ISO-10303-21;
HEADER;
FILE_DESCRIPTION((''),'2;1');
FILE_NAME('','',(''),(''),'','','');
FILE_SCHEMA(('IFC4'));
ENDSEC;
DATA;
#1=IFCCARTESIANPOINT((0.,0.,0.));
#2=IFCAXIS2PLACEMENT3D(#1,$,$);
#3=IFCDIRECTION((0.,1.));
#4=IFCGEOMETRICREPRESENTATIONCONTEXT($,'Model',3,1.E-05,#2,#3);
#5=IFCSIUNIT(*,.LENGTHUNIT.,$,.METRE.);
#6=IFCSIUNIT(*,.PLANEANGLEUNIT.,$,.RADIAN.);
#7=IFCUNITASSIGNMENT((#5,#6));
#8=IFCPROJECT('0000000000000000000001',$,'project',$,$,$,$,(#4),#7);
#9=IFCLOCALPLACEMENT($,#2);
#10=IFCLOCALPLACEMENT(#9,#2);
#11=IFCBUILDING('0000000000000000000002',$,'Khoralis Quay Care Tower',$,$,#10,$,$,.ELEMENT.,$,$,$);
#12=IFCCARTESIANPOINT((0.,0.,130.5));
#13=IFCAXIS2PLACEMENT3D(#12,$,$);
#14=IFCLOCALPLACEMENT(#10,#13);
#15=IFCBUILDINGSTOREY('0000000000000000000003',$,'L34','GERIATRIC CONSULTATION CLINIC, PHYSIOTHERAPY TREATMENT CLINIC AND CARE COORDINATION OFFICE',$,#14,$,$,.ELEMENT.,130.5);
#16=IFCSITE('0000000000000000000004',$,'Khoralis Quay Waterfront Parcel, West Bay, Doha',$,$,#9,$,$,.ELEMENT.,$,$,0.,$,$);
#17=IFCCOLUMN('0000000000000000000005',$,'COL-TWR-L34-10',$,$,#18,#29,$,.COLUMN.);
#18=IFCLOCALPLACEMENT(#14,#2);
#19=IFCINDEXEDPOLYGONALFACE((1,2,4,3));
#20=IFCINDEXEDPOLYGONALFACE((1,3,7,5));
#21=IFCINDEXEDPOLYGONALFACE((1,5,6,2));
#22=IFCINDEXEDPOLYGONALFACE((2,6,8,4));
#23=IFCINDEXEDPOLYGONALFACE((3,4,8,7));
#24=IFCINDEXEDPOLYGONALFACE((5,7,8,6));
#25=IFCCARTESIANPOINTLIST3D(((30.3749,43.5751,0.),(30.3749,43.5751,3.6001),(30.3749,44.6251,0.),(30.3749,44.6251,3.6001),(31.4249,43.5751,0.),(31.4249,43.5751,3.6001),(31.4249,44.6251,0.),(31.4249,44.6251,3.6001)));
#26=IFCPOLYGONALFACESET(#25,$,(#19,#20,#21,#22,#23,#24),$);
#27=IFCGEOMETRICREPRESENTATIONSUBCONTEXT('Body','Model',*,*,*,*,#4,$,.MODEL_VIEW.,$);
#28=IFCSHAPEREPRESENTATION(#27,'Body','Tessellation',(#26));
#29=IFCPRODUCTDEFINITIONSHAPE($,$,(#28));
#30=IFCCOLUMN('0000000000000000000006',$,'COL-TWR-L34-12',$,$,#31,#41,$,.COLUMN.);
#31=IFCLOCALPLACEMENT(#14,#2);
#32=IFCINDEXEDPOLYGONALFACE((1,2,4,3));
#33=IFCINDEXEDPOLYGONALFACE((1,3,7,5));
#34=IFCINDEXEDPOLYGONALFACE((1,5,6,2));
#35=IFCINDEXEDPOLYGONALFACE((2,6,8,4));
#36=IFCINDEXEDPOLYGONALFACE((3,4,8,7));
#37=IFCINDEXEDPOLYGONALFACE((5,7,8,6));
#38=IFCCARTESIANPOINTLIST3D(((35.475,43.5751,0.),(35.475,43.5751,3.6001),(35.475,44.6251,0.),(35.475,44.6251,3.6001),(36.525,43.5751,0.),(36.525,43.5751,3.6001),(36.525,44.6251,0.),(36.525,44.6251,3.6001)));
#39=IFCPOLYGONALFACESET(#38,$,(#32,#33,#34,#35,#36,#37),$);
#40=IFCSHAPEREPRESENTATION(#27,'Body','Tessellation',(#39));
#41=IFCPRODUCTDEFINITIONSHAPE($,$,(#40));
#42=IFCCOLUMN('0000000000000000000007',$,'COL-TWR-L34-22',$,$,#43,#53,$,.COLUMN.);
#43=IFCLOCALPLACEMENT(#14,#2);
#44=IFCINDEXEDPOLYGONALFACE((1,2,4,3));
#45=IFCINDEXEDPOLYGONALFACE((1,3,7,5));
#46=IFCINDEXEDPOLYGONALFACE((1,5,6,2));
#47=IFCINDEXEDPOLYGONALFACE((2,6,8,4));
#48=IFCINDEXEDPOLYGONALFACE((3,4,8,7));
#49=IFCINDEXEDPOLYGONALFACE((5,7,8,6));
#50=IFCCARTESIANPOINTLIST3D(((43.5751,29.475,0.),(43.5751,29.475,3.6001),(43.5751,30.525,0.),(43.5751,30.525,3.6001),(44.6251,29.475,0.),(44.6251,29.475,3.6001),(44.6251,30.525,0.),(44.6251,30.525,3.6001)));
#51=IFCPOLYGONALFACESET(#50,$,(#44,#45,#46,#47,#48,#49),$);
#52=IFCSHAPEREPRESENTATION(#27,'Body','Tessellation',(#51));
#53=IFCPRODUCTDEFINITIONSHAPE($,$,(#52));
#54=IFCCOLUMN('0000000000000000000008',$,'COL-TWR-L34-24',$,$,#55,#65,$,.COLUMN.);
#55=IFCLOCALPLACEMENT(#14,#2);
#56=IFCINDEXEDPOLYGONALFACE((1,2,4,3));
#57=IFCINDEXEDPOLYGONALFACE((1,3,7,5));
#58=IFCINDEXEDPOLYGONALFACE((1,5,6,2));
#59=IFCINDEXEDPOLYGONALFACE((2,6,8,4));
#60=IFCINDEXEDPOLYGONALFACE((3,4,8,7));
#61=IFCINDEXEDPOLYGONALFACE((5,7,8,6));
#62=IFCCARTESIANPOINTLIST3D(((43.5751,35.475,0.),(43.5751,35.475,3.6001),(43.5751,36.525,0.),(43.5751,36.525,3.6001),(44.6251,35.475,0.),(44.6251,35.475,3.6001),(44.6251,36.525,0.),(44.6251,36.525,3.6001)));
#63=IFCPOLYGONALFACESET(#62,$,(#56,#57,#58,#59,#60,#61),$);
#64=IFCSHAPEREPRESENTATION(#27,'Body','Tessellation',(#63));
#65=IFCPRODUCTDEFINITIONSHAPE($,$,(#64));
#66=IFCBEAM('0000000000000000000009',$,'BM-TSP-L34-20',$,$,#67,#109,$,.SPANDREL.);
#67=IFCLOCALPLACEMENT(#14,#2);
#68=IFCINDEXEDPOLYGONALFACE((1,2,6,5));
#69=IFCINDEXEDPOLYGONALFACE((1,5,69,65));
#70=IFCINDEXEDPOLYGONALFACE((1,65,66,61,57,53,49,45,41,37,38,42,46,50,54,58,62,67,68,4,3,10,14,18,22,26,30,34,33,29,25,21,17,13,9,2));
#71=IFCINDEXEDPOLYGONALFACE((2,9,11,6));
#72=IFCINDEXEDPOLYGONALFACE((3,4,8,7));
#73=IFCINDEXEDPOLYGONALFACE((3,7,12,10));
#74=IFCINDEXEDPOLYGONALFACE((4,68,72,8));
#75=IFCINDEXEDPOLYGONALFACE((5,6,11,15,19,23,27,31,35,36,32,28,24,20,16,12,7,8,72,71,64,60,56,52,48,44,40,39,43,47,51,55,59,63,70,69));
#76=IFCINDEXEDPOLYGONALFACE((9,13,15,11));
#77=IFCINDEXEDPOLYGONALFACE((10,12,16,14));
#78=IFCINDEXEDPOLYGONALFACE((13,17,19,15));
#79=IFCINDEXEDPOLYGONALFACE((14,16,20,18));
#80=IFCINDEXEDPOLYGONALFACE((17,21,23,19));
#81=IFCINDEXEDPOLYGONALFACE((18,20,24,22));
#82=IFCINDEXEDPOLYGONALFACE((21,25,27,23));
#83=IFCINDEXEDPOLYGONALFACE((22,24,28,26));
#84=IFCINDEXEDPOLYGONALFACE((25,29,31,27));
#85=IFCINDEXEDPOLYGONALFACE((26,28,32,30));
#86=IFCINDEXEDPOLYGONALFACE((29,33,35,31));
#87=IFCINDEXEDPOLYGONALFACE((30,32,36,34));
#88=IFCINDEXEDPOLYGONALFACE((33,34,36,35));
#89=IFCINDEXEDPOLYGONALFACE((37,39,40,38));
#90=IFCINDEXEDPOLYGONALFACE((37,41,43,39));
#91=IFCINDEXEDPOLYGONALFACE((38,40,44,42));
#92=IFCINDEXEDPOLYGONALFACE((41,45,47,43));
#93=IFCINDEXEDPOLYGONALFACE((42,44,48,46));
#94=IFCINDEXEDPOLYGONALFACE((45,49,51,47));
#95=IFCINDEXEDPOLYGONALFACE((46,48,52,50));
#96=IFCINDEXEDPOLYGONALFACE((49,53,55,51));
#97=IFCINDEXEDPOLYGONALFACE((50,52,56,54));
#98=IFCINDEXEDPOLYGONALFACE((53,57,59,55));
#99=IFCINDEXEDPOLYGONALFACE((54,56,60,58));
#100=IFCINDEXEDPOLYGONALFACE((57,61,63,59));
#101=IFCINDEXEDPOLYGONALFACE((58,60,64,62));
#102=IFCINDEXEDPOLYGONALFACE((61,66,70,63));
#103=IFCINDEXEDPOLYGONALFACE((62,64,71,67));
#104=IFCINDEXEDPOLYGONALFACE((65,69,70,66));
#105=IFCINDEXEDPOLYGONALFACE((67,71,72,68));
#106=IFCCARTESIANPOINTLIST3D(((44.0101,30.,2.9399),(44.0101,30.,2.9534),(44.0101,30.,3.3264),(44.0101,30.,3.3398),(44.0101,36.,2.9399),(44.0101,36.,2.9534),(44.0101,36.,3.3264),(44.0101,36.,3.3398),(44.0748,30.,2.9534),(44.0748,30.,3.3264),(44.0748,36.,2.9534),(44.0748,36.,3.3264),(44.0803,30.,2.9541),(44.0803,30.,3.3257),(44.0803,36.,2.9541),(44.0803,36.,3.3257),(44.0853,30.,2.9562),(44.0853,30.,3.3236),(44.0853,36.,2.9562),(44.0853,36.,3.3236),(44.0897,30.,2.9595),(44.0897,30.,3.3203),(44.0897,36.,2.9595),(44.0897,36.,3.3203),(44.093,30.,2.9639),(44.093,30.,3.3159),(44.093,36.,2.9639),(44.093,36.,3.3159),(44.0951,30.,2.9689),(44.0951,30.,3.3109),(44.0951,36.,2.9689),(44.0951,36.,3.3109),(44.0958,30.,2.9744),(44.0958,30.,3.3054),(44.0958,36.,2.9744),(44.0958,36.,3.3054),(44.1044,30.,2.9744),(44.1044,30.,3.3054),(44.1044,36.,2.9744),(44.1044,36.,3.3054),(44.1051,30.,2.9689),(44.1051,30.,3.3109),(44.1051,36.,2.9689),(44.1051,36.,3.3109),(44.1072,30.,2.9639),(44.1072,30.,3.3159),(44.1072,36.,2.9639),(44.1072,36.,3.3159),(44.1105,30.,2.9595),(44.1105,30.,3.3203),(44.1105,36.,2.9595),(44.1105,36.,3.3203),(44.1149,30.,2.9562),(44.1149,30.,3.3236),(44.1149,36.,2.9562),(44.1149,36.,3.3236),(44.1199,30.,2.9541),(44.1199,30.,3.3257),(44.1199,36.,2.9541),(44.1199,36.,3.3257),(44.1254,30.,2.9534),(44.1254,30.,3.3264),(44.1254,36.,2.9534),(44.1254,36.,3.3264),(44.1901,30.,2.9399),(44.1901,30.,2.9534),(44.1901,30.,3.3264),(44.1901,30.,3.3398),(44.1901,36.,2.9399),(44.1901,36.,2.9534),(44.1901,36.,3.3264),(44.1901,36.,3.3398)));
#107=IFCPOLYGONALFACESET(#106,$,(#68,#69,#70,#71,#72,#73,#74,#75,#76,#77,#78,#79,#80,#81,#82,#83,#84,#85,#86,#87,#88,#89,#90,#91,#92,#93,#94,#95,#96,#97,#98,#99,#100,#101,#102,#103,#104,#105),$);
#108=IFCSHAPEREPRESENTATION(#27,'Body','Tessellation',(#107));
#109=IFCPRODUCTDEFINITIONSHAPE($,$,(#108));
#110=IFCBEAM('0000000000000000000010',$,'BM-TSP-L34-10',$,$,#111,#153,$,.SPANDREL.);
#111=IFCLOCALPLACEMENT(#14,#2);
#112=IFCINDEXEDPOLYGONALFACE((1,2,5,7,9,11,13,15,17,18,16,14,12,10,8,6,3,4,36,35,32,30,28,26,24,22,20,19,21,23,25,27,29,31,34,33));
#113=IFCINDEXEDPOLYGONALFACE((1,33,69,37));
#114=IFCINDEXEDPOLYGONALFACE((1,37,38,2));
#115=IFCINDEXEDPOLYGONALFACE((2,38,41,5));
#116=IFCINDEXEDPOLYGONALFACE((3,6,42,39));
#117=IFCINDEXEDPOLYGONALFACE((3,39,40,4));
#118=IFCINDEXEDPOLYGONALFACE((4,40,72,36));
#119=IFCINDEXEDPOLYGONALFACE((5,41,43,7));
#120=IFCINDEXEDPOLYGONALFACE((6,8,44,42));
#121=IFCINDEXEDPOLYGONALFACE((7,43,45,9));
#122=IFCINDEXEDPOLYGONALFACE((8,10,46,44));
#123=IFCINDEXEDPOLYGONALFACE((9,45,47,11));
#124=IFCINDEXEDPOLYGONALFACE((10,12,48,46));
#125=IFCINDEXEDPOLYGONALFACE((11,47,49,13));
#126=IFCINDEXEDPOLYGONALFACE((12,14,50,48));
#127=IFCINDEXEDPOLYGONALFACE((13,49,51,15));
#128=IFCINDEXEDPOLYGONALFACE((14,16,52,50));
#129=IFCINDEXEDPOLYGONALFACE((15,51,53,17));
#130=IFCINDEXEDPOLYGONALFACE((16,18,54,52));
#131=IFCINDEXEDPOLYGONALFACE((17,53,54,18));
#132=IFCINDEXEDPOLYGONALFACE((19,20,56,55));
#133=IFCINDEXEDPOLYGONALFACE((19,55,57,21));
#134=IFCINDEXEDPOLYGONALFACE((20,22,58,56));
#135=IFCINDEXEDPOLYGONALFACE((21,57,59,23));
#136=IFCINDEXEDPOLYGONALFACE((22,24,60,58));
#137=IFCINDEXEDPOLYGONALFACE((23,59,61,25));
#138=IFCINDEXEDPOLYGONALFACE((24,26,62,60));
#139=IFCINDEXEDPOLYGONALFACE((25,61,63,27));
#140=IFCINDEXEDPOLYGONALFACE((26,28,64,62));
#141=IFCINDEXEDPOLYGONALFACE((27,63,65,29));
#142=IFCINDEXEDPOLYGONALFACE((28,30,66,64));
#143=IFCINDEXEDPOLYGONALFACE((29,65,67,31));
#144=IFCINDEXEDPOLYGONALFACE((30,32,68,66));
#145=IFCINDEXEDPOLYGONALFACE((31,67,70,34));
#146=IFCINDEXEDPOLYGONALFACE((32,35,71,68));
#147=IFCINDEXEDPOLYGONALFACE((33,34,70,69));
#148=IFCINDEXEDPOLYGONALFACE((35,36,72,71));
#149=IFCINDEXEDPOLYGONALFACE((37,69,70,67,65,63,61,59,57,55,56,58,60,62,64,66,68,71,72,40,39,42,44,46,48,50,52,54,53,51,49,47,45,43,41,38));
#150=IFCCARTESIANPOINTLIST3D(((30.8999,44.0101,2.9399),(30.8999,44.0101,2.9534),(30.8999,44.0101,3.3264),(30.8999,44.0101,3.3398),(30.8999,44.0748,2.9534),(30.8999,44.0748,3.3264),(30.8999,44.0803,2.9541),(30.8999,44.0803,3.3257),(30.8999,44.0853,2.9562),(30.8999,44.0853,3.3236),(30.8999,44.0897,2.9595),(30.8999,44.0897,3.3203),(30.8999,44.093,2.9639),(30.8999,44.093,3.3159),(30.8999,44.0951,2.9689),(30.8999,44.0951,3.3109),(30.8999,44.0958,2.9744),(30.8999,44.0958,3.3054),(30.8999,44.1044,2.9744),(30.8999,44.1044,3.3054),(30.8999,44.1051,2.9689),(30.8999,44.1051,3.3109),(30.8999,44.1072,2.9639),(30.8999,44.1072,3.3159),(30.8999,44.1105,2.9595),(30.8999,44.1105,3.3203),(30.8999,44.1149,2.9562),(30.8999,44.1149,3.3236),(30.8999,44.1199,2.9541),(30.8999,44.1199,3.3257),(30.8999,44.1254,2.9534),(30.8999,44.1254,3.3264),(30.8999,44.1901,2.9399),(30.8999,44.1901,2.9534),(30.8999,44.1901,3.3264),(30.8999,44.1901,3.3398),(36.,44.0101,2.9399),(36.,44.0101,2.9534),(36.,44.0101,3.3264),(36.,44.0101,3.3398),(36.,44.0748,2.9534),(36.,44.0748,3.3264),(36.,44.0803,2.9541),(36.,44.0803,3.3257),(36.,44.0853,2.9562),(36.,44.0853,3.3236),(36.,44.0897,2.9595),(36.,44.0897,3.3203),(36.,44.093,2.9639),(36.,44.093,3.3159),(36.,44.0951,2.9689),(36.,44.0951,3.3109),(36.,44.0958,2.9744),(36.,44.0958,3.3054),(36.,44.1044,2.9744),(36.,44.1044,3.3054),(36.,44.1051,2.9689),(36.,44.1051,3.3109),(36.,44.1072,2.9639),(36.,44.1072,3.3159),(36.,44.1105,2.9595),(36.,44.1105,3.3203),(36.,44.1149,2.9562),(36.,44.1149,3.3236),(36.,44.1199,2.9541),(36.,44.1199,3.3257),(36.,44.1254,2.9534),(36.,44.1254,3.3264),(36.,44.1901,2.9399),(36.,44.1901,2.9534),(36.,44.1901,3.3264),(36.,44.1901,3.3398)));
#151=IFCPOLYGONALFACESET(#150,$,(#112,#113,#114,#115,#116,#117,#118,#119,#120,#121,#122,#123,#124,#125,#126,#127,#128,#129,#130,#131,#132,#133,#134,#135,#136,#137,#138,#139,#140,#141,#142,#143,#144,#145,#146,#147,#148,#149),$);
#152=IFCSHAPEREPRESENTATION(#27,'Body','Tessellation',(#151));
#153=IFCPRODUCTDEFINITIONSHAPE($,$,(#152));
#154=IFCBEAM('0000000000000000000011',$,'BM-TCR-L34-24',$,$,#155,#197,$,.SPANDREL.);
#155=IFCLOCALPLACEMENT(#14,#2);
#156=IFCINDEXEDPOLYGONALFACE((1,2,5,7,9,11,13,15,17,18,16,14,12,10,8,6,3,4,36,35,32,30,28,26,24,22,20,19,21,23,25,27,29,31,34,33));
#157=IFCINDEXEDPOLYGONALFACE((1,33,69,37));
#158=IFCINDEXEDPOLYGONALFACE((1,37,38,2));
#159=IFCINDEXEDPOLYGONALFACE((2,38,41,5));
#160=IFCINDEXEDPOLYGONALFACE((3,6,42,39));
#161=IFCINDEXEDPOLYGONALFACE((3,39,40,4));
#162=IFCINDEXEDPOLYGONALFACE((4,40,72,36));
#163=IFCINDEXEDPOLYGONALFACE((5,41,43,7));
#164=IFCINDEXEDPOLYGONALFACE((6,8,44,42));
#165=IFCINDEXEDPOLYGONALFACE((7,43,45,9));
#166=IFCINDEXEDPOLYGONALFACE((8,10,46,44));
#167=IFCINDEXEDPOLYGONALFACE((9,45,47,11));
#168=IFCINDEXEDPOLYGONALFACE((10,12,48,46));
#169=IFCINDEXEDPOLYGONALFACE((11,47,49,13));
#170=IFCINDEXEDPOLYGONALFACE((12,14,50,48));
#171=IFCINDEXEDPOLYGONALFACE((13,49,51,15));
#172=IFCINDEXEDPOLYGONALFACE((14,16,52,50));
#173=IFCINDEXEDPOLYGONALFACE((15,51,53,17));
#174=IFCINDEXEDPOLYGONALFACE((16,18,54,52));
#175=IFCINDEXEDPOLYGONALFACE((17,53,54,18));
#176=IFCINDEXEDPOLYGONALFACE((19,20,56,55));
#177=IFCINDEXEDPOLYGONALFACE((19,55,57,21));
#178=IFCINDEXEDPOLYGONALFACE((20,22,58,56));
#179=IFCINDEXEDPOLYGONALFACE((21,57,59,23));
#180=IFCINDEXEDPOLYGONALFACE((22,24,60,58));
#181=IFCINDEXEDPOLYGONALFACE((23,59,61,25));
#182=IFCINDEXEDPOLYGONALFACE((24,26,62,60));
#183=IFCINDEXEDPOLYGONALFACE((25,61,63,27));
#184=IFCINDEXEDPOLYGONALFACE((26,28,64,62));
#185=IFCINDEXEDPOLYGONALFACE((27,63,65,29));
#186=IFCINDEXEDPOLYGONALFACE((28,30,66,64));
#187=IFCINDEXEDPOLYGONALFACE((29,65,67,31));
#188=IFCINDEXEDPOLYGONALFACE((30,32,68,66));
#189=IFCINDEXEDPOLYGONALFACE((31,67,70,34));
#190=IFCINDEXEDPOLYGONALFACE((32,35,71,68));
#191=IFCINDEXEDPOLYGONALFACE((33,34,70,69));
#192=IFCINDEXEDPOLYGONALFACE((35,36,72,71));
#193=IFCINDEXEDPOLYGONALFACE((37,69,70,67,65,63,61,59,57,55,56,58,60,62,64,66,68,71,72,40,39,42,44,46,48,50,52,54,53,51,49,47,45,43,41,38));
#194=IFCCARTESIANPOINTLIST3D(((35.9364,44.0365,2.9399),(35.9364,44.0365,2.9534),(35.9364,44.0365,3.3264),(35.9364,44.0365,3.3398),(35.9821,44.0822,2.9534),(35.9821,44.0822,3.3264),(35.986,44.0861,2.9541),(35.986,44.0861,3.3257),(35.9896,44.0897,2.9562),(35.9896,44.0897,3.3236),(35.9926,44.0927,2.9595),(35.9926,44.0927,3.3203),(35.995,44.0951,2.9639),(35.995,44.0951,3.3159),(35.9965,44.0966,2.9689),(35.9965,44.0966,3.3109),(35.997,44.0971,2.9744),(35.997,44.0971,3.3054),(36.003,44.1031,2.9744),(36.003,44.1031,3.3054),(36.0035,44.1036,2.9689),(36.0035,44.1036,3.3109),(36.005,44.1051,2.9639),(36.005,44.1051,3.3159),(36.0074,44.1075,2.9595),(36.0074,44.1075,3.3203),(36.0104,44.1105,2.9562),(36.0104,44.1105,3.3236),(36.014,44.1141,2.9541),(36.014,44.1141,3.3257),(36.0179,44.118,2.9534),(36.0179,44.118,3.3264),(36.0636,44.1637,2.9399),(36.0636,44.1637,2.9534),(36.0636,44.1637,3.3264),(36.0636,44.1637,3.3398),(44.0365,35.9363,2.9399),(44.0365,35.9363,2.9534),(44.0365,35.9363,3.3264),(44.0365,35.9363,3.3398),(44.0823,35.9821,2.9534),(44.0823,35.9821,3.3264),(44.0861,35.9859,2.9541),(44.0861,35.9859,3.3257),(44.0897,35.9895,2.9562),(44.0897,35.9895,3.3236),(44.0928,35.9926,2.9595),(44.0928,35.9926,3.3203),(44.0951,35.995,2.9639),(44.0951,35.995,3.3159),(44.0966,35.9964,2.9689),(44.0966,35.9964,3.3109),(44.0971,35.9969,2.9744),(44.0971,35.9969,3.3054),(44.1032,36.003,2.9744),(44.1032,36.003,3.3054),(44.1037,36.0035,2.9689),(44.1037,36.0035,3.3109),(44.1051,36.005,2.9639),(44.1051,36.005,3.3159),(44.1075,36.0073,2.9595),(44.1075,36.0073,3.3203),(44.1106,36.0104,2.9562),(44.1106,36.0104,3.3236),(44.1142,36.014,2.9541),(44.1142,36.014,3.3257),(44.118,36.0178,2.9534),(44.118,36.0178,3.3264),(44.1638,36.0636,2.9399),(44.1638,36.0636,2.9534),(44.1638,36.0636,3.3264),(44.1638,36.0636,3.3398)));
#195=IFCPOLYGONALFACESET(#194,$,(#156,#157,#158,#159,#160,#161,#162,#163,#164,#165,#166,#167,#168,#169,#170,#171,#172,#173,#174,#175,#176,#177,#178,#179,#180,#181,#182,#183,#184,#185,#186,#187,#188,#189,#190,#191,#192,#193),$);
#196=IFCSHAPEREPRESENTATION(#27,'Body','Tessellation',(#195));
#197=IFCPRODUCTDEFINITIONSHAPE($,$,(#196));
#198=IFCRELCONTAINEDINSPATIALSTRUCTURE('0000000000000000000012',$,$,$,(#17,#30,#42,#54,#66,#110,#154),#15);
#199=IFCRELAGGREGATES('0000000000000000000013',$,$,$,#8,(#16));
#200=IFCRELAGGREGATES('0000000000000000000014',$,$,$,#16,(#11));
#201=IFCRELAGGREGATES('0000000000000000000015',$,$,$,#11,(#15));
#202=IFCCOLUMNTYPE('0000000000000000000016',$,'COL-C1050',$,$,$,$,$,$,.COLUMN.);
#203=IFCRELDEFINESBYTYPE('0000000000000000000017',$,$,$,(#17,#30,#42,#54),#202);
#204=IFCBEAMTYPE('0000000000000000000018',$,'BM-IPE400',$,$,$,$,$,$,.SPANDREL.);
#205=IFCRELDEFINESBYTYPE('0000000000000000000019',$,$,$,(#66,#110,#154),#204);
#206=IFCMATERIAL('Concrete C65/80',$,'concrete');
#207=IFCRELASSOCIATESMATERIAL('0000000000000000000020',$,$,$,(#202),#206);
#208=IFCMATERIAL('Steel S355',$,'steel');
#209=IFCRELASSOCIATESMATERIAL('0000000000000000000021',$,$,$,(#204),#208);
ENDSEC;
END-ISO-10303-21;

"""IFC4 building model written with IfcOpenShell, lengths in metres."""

from ifc_helpers import new_model, si_unit, direction, frame, origin, origin_2d, place, context, subcontext, project, spatial, rectangle, i_section, extrude, source, transform, mapped, material, material_profile, profile_set, type_object, element, save


model = new_model("IFC4")

# Units and contexts
model_context = context("Model", 3, precision=1e-05, world=origin(), true_north=direction((0.0, 1.0)))
body_context = subcontext(model_context, "Body", "Model", "MODEL_VIEW")
ifc_project = project(units=[si_unit("LENGTHUNIT", "METRE"), si_unit("PLANEANGLEUNIT", "RADIAN")], contexts=[model_context])

# Site, building, storey
site_placement = place(None, origin())
site = spatial("IfcSite", under=ifc_project, at=site_placement, Name="Khoralis Quay Waterfront Parcel, West Bay, Doha", CompositionType="ELEMENT", RefElevation=0.0)
building_placement = place(site_placement, origin())
building = spatial("IfcBuilding", under=site, at=building_placement, Name="Khoralis Quay Care Tower", CompositionType="ELEMENT")
storey_placement = place(building_placement, frame((0.0, 0.0, 130.5)))
storey = spatial("IfcBuildingStorey", under=building, at=storey_placement, Name="L34", Description="GERIATRIC CONSULTATION CLINIC, PHYSIOTHERAPY TREATMENT CLINIC AND CARE COORDINATION OFFICE", CompositionType="ELEMENT", Elevation=130.5)

# Columns
ifc_material_1 = material(Name="Concrete C65/80", Category="concrete")
ifc_material_profile_1 = material_profile(ifc_material_1, rectangle(XDim=1.05, YDim=1.05, at=origin_2d()), Name="Concrete C65/80")
ifc_profile_set_1 = profile_set([ifc_material_profile_1], Name="Concrete C65/80")
column_type = type_object("IfcColumnType", Name="COL-C1050", PredefinedType="COLUMN", material=ifc_profile_set_1)
shared_shape_1 = source(origin(), body_context, "Body", "SweptSolid", [
    extrude(rectangle(XDim=1.05, YDim=1.05, at=origin_2d()), origin(), (0.0, 0.0, 1.0), 3.6001),
])
for number, where, z_axis, x_axis, name in (
    (1, (30.8999, 44.1001, 0.0), (0.0, 0.0, 1.0), (1.0, 0.0, 0.0), "COL-TWR-L34-10"),
    (2, (36.0, 44.1001, 0.0), (0.0, 0.0, 1.0), (1.0, 0.0, 0.0), "COL-TWR-L34-12"),
    (3, (44.1001, 30.0, 0.0), (0.0, 0.0, 1.0), (1.0, 0.0, 0.0), "COL-TWR-L34-22"),
    (4, (44.1001, 36.0, 0.0), (0.0, 0.0, 1.0), (1.0, 0.0, 0.0), "COL-TWR-L34-24"),
):
    element("IfcColumn", number, at=place(storey_placement, frame(where, z_axis=z_axis, x_axis=x_axis)), inside=storey, type_object=column_type, Name=name, PredefinedType="COLUMN", context=body_context, shape_type="MappedRepresentation", body=[
        mapped(shared_shape_1, transform((0.0, 0.0, 0.0), scale=1.0)),
    ])

# Beams
ifc_material_2 = material(Name="Steel S355", Category="steel")
ifc_material_profile_2 = material_profile(ifc_material_2, i_section(OverallWidth=0.1799, OverallDepth=0.3999, WebThickness=0.0085, FlangeThickness=0.0134, FilletRadius=0.021, at=origin_2d()), Name="Steel S355")
ifc_profile_set_2 = profile_set([ifc_material_profile_2], Name="Steel S355")
beam_type_1 = type_object("IfcBeamType", Name="BM-IPE400", PredefinedType="SPANDREL", material=ifc_profile_set_2)
shared_shape_2 = source(origin(), body_context, "Body", "SweptSolid", [
    extrude(i_section(OverallWidth=0.1799, OverallDepth=0.3999, WebThickness=0.0085, FlangeThickness=0.0134, FilletRadius=0.021, at=origin_2d()), origin(), (0.0, 0.0, 1.0), 6.0),
])
beam_1_placement = place(storey_placement, frame((44.1001, 30.0, 3.1399), z_axis=(0.0, 1.0, 0.0), x_axis=(-1.0, 0.0, 0.0)))
element("IfcBeam", 5, at=beam_1_placement, inside=storey, type_object=beam_type_1, Name="BM-TSP-L34-20", PredefinedType="SPANDREL", context=body_context, shape_type="MappedRepresentation", body=[
    mapped(shared_shape_2, transform((0.0, 0.0, 0.0), scale=1.0)),
])
shared_shape_3 = source(origin(), body_context, "Body", "SweptSolid", [
    extrude(i_section(OverallWidth=0.1799, OverallDepth=0.3999, WebThickness=0.0085, FlangeThickness=0.0134, FilletRadius=0.021, at=origin_2d()), origin(), (0.0, 0.0, 1.0), 5.1001),
])
beam_2_placement = place(storey_placement, frame((30.8999, 44.1001, 3.1399), z_axis=(1.0, 0.0, 0.0), x_axis=(0.0, 1.0, 0.0)))
element("IfcBeam", 6, at=beam_2_placement, inside=storey, type_object=beam_type_1, Name="BM-TSP-L34-10", PredefinedType="SPANDREL", context=body_context, shape_type="MappedRepresentation", body=[
    mapped(shared_shape_3, transform((0.0, 0.0, 0.0), scale=1.0)),
])
shared_shape_4 = source(origin(), body_context, "Body", "SweptSolid", [
    extrude(i_section(OverallWidth=0.1799, OverallDepth=0.3999, WebThickness=0.0085, FlangeThickness=0.0134, FilletRadius=0.021, at=origin_2d()), origin(), (0.0, 0.0, 1.0), 11.4553),
])
beam_3_placement = place(storey_placement, frame((36.0, 44.1001, 3.1399), z_axis=(0.707107, -0.707107, 0.0), x_axis=(0.707107, 0.707107, 0.0)))
element("IfcBeam", 7, at=beam_3_placement, inside=storey, type_object=beam_type_1, Name="BM-TCR-L34-24", PredefinedType="SPANDREL", context=body_context, shape_type="MappedRepresentation", body=[
    mapped(shared_shape_4, transform((0.0, 0.0, 0.0), scale=1.0)),
])

save(model, "model.ifc")
